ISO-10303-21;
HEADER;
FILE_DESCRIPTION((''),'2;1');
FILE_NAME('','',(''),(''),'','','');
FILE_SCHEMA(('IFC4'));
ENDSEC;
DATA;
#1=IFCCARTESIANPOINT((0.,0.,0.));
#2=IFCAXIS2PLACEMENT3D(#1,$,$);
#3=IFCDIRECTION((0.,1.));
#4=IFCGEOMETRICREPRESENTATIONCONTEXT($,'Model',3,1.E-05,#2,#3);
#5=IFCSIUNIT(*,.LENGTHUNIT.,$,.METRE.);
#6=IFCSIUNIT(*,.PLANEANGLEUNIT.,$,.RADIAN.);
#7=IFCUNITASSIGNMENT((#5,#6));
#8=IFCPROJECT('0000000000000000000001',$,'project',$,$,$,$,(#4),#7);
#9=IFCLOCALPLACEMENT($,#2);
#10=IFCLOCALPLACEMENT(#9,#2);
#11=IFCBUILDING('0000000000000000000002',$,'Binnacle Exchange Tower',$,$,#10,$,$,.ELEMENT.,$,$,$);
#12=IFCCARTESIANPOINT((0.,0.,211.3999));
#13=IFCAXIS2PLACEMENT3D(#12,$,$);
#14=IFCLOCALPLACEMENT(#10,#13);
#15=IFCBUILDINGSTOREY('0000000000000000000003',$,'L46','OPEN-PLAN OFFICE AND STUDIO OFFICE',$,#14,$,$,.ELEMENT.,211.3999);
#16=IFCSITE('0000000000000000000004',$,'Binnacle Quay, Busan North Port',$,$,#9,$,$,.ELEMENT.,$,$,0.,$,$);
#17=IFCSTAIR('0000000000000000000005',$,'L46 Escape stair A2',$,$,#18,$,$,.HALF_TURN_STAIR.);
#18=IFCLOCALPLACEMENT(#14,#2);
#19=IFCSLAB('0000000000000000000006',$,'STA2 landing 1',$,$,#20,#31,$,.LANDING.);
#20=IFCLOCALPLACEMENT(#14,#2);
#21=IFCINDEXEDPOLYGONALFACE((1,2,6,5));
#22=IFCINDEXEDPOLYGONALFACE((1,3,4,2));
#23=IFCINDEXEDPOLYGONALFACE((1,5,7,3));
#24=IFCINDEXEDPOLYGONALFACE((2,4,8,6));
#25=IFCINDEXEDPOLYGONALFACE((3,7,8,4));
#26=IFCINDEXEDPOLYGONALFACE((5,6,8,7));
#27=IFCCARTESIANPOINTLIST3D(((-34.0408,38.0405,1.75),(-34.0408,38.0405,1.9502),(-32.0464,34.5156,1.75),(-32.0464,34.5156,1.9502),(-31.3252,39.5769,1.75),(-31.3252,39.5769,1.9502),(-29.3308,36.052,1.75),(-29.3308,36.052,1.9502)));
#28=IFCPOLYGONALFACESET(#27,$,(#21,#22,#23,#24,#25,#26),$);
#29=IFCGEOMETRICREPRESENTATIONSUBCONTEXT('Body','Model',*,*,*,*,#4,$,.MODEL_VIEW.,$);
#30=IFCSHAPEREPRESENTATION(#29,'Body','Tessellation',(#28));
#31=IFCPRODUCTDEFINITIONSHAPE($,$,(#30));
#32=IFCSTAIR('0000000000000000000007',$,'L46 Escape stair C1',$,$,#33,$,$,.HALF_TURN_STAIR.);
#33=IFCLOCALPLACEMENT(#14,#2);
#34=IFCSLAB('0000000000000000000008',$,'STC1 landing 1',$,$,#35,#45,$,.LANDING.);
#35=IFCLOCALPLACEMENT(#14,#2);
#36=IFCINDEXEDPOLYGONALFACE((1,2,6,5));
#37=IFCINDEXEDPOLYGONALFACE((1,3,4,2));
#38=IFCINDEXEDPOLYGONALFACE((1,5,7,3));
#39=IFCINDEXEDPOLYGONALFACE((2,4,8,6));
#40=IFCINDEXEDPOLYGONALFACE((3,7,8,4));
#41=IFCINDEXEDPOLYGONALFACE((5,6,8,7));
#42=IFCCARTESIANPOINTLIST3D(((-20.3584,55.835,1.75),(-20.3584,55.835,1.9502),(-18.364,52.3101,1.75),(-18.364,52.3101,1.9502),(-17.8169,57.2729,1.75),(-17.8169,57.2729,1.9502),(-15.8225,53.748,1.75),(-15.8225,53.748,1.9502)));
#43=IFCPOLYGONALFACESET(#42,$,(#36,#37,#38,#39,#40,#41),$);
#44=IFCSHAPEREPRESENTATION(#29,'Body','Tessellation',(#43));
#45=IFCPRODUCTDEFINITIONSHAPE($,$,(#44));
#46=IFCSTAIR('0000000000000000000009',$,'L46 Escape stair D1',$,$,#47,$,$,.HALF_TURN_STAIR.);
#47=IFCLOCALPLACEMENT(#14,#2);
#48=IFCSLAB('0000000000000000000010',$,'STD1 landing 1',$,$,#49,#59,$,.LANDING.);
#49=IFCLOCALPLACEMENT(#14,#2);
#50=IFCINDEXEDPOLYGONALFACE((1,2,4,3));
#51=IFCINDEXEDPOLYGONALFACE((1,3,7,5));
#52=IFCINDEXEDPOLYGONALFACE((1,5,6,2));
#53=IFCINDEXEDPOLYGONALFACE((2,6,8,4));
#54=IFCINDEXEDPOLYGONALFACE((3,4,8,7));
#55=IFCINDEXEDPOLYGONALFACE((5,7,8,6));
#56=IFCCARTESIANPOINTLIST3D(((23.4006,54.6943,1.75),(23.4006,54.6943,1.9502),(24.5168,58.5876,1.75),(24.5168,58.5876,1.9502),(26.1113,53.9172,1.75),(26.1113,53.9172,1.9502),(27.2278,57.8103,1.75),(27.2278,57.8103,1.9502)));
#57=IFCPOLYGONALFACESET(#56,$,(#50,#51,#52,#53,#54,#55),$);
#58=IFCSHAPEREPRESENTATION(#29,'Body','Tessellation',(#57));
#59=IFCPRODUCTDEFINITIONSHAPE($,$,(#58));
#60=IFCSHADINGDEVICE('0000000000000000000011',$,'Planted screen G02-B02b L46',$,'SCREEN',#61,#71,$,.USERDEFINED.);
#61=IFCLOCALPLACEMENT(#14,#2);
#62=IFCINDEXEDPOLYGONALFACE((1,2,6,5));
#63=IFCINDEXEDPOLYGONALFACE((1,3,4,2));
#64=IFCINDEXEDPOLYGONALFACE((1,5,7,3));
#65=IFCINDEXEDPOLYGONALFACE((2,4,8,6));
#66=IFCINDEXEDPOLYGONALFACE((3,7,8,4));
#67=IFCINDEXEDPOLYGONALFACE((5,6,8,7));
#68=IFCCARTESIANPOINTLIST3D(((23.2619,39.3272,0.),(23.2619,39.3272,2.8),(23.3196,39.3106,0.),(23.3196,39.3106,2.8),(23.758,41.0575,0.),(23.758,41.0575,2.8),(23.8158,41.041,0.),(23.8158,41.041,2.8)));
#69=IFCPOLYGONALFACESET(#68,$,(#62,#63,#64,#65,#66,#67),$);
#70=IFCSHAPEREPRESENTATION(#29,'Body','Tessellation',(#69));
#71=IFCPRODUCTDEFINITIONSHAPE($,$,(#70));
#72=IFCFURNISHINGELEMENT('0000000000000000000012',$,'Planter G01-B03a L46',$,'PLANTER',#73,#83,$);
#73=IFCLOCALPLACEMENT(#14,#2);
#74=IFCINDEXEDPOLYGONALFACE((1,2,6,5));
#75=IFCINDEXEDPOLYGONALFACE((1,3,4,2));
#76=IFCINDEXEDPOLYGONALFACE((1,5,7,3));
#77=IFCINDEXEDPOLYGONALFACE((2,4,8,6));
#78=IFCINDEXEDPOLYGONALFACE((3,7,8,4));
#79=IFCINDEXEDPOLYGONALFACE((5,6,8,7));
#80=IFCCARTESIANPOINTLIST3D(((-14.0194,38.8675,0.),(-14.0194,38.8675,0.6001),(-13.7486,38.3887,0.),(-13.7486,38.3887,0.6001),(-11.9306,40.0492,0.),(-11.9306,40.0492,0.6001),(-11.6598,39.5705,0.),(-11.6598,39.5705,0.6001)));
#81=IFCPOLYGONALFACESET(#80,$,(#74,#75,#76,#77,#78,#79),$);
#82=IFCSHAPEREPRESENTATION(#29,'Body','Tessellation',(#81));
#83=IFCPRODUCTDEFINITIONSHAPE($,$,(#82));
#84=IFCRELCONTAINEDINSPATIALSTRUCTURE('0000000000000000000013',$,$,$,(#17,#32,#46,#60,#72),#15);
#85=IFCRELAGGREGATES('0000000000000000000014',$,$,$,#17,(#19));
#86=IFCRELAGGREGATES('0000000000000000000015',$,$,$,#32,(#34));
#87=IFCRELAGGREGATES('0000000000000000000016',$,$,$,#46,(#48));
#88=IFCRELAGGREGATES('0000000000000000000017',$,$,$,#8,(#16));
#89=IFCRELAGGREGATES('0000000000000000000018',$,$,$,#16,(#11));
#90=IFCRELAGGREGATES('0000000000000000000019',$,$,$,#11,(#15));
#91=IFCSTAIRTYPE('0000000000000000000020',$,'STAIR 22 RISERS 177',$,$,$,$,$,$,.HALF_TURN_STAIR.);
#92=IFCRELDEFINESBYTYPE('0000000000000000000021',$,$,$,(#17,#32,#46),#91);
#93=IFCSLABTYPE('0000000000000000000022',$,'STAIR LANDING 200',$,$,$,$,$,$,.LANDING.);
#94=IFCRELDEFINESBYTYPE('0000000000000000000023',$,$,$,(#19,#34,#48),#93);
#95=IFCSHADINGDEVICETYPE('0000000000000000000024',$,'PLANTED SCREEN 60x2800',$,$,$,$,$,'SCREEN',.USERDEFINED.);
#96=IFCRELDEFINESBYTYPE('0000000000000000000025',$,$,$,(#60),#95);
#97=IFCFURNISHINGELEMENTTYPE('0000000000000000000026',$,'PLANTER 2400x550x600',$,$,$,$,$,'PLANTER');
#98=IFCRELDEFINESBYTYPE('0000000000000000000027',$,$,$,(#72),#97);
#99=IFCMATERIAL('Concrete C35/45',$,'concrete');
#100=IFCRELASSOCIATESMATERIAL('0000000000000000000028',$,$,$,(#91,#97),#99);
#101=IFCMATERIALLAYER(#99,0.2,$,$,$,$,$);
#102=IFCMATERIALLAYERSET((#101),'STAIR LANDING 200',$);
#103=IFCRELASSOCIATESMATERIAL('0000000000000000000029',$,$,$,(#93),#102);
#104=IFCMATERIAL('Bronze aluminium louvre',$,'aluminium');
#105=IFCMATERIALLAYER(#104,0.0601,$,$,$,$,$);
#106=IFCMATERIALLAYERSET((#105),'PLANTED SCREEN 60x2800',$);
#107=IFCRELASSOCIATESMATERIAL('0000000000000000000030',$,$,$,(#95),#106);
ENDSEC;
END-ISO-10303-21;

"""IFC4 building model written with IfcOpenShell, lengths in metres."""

from ifc_helpers import new_model, si_unit, direction, frame, origin, origin_2d, place, context, subcontext, project, spatial, polyline, rectangle, outline, extrude, material, layer, layer_set, type_object, element, aggregate, save


model = new_model("IFC4")

# Units and contexts
model_context = context("Model", 3, precision=1e-05, world=origin(), true_north=direction((0.0, 1.0)))
body_context = subcontext(model_context, "Body", "Model", "MODEL_VIEW")
ifc_project = project(units=[si_unit("LENGTHUNIT", "METRE"), si_unit("PLANEANGLEUNIT", "RADIAN")], contexts=[model_context])

# Site, building, storey
site_placement = place(None, origin())
site = spatial("IfcSite", under=ifc_project, at=site_placement, Name="Binnacle Quay, Busan North Port", CompositionType="ELEMENT", RefElevation=0.0)
building_placement = place(site_placement, origin())
building = spatial("IfcBuilding", under=site, at=building_placement, Name="Binnacle Exchange Tower", CompositionType="ELEMENT")
storey_placement = place(building_placement, frame((0.0, 0.0, 211.3999)))
storey = spatial("IfcBuildingStorey", under=building, at=storey_placement, Name="L46", Description="OPEN-PLAN OFFICE AND STUDIO OFFICE", CompositionType="ELEMENT", Elevation=211.3999)

# Shared definitions
ifc_material_1 = material(Name="Concrete C35/45", Category="concrete")

# Stairs, slabs
stair_type = type_object("IfcStairType", Name="STAIR 22 RISERS 177", PredefinedType="HALF_TURN_STAIR", material=ifc_material_1)
ifc_layer_1 = layer(ifc_material_1, 0.2)
ifc_layer_set_1 = layer_set([ifc_layer_1], Name="STAIR LANDING 200")
slab_type_1 = type_object("IfcSlabType", Name="STAIR LANDING 200", PredefinedType="LANDING", material=ifc_layer_set_1)
stair_1_placement = place(storey_placement, origin())
stair_1 = element("IfcStair", 1, at=stair_1_placement, inside=storey, type_object=stair_type, Name="L46 Escape stair A2", PredefinedType="HALF_TURN_STAIR")
slab_1_placement = place(storey_placement, frame((0.0, 0.0, 1.75)))
slab_1 = element("IfcSlab", 2, at=slab_1_placement, type_object=slab_type_1, Name="STA2 landing 1", PredefinedType="LANDING", context=body_context, shape_type="SweptSolid", body=[
    extrude(outline(polyline([(-31.3252, 39.5769), (-34.0408, 38.0405), (-32.0464, 34.5156), (-29.3308, 36.052), (-31.3252, 39.5769)])), origin(), (0.0, 0.0, 1.0), 0.2002),
])
aggregate(stair_1, [slab_1])
stair_2_placement = place(storey_placement, origin())
stair_2 = element("IfcStair", 3, at=stair_2_placement, inside=storey, type_object=stair_type, Name="L46 Escape stair C1", PredefinedType="HALF_TURN_STAIR")
slab_2_placement = place(storey_placement, frame((0.0, 0.0, 1.75)))
slab_2 = element("IfcSlab", 4, at=slab_2_placement, type_object=slab_type_1, Name="STC1 landing 1", PredefinedType="LANDING", context=body_context, shape_type="SweptSolid", body=[
    extrude(outline(polyline([(-18.364, 52.3101), (-15.8225, 53.748), (-17.8169, 57.2729), (-20.3584, 55.835), (-18.364, 52.3101)])), origin(), (0.0, 0.0, 1.0), 0.2002),
])
aggregate(stair_2, [slab_2])
stair_3_placement = place(storey_placement, origin())
stair_3 = element("IfcStair", 5, at=stair_3_placement, inside=storey, type_object=stair_type, Name="L46 Escape stair D1", PredefinedType="HALF_TURN_STAIR")
slab_3_placement = place(storey_placement, frame((0.0, 0.0, 1.75)))
slab_3 = element("IfcSlab", 6, at=slab_3_placement, type_object=slab_type_1, Name="STD1 landing 1", PredefinedType="LANDING", context=body_context, shape_type="SweptSolid", body=[
    extrude(outline(polyline([(23.4006, 54.6943), (26.1113, 53.9172), (27.2278, 57.8103), (24.5168, 58.5876), (23.4006, 54.6943)])), origin(), (0.0, 0.0, 1.0), 0.2002),
])
aggregate(stair_3, [slab_3])

# Shading device
ifc_material_2 = material(Name="Bronze aluminium louvre", Category="aluminium")
ifc_layer_2 = layer(ifc_material_2, 0.0601)
ifc_layer_set_2 = layer_set([ifc_layer_2], Name="PLANTED SCREEN 60x2800")
shading_device_type = type_object("IfcShadingDeviceType", Name="PLANTED SCREEN 60x2800", ElementType="SCREEN", PredefinedType="USERDEFINED", material=ifc_layer_set_2)
shading_device_placement = place(storey_placement, frame((23.5388, 40.1841, 0.0), z_axis=(0.0, 0.0, 1.0), x_axis=(0.961262, -0.275637, 0.0)))
element("IfcShadingDevice", 7, at=shading_device_placement, inside=storey, type_object=shading_device_type, Name="Planted screen G02-B02b L46", ObjectType="SCREEN", PredefinedType="USERDEFINED", context=body_context, shape_type="SweptSolid", body=[
    extrude(rectangle(XDim=0.0601, YDim=1.8, at=origin_2d()), origin(), (0.0, 0.0, 1.0), 2.8),
])

# Furnishing element
furnishing_element_type = type_object("IfcFurnishingElementType", Name="PLANTER 2400x550x600", ElementType="PLANTER", material=ifc_material_1)
furnishing_placement = place(storey_placement, frame((-12.8396, 39.219, 0.0), z_axis=(0.0, 0.0, 1.0), x_axis=(0.870356, 0.492424, 0.0)))
element("IfcFurnishingElement", 8, at=furnishing_placement, inside=storey, type_object=furnishing_element_type, Name="Planter G01-B03a L46", ObjectType="PLANTER", context=body_context, shape_type="SweptSolid", body=[
    extrude(rectangle(XDim=2.3999, YDim=0.55, at=origin_2d()), origin(), (0.0, 0.0, 1.0), 0.6001),
])

save(model, "model.ifc")
